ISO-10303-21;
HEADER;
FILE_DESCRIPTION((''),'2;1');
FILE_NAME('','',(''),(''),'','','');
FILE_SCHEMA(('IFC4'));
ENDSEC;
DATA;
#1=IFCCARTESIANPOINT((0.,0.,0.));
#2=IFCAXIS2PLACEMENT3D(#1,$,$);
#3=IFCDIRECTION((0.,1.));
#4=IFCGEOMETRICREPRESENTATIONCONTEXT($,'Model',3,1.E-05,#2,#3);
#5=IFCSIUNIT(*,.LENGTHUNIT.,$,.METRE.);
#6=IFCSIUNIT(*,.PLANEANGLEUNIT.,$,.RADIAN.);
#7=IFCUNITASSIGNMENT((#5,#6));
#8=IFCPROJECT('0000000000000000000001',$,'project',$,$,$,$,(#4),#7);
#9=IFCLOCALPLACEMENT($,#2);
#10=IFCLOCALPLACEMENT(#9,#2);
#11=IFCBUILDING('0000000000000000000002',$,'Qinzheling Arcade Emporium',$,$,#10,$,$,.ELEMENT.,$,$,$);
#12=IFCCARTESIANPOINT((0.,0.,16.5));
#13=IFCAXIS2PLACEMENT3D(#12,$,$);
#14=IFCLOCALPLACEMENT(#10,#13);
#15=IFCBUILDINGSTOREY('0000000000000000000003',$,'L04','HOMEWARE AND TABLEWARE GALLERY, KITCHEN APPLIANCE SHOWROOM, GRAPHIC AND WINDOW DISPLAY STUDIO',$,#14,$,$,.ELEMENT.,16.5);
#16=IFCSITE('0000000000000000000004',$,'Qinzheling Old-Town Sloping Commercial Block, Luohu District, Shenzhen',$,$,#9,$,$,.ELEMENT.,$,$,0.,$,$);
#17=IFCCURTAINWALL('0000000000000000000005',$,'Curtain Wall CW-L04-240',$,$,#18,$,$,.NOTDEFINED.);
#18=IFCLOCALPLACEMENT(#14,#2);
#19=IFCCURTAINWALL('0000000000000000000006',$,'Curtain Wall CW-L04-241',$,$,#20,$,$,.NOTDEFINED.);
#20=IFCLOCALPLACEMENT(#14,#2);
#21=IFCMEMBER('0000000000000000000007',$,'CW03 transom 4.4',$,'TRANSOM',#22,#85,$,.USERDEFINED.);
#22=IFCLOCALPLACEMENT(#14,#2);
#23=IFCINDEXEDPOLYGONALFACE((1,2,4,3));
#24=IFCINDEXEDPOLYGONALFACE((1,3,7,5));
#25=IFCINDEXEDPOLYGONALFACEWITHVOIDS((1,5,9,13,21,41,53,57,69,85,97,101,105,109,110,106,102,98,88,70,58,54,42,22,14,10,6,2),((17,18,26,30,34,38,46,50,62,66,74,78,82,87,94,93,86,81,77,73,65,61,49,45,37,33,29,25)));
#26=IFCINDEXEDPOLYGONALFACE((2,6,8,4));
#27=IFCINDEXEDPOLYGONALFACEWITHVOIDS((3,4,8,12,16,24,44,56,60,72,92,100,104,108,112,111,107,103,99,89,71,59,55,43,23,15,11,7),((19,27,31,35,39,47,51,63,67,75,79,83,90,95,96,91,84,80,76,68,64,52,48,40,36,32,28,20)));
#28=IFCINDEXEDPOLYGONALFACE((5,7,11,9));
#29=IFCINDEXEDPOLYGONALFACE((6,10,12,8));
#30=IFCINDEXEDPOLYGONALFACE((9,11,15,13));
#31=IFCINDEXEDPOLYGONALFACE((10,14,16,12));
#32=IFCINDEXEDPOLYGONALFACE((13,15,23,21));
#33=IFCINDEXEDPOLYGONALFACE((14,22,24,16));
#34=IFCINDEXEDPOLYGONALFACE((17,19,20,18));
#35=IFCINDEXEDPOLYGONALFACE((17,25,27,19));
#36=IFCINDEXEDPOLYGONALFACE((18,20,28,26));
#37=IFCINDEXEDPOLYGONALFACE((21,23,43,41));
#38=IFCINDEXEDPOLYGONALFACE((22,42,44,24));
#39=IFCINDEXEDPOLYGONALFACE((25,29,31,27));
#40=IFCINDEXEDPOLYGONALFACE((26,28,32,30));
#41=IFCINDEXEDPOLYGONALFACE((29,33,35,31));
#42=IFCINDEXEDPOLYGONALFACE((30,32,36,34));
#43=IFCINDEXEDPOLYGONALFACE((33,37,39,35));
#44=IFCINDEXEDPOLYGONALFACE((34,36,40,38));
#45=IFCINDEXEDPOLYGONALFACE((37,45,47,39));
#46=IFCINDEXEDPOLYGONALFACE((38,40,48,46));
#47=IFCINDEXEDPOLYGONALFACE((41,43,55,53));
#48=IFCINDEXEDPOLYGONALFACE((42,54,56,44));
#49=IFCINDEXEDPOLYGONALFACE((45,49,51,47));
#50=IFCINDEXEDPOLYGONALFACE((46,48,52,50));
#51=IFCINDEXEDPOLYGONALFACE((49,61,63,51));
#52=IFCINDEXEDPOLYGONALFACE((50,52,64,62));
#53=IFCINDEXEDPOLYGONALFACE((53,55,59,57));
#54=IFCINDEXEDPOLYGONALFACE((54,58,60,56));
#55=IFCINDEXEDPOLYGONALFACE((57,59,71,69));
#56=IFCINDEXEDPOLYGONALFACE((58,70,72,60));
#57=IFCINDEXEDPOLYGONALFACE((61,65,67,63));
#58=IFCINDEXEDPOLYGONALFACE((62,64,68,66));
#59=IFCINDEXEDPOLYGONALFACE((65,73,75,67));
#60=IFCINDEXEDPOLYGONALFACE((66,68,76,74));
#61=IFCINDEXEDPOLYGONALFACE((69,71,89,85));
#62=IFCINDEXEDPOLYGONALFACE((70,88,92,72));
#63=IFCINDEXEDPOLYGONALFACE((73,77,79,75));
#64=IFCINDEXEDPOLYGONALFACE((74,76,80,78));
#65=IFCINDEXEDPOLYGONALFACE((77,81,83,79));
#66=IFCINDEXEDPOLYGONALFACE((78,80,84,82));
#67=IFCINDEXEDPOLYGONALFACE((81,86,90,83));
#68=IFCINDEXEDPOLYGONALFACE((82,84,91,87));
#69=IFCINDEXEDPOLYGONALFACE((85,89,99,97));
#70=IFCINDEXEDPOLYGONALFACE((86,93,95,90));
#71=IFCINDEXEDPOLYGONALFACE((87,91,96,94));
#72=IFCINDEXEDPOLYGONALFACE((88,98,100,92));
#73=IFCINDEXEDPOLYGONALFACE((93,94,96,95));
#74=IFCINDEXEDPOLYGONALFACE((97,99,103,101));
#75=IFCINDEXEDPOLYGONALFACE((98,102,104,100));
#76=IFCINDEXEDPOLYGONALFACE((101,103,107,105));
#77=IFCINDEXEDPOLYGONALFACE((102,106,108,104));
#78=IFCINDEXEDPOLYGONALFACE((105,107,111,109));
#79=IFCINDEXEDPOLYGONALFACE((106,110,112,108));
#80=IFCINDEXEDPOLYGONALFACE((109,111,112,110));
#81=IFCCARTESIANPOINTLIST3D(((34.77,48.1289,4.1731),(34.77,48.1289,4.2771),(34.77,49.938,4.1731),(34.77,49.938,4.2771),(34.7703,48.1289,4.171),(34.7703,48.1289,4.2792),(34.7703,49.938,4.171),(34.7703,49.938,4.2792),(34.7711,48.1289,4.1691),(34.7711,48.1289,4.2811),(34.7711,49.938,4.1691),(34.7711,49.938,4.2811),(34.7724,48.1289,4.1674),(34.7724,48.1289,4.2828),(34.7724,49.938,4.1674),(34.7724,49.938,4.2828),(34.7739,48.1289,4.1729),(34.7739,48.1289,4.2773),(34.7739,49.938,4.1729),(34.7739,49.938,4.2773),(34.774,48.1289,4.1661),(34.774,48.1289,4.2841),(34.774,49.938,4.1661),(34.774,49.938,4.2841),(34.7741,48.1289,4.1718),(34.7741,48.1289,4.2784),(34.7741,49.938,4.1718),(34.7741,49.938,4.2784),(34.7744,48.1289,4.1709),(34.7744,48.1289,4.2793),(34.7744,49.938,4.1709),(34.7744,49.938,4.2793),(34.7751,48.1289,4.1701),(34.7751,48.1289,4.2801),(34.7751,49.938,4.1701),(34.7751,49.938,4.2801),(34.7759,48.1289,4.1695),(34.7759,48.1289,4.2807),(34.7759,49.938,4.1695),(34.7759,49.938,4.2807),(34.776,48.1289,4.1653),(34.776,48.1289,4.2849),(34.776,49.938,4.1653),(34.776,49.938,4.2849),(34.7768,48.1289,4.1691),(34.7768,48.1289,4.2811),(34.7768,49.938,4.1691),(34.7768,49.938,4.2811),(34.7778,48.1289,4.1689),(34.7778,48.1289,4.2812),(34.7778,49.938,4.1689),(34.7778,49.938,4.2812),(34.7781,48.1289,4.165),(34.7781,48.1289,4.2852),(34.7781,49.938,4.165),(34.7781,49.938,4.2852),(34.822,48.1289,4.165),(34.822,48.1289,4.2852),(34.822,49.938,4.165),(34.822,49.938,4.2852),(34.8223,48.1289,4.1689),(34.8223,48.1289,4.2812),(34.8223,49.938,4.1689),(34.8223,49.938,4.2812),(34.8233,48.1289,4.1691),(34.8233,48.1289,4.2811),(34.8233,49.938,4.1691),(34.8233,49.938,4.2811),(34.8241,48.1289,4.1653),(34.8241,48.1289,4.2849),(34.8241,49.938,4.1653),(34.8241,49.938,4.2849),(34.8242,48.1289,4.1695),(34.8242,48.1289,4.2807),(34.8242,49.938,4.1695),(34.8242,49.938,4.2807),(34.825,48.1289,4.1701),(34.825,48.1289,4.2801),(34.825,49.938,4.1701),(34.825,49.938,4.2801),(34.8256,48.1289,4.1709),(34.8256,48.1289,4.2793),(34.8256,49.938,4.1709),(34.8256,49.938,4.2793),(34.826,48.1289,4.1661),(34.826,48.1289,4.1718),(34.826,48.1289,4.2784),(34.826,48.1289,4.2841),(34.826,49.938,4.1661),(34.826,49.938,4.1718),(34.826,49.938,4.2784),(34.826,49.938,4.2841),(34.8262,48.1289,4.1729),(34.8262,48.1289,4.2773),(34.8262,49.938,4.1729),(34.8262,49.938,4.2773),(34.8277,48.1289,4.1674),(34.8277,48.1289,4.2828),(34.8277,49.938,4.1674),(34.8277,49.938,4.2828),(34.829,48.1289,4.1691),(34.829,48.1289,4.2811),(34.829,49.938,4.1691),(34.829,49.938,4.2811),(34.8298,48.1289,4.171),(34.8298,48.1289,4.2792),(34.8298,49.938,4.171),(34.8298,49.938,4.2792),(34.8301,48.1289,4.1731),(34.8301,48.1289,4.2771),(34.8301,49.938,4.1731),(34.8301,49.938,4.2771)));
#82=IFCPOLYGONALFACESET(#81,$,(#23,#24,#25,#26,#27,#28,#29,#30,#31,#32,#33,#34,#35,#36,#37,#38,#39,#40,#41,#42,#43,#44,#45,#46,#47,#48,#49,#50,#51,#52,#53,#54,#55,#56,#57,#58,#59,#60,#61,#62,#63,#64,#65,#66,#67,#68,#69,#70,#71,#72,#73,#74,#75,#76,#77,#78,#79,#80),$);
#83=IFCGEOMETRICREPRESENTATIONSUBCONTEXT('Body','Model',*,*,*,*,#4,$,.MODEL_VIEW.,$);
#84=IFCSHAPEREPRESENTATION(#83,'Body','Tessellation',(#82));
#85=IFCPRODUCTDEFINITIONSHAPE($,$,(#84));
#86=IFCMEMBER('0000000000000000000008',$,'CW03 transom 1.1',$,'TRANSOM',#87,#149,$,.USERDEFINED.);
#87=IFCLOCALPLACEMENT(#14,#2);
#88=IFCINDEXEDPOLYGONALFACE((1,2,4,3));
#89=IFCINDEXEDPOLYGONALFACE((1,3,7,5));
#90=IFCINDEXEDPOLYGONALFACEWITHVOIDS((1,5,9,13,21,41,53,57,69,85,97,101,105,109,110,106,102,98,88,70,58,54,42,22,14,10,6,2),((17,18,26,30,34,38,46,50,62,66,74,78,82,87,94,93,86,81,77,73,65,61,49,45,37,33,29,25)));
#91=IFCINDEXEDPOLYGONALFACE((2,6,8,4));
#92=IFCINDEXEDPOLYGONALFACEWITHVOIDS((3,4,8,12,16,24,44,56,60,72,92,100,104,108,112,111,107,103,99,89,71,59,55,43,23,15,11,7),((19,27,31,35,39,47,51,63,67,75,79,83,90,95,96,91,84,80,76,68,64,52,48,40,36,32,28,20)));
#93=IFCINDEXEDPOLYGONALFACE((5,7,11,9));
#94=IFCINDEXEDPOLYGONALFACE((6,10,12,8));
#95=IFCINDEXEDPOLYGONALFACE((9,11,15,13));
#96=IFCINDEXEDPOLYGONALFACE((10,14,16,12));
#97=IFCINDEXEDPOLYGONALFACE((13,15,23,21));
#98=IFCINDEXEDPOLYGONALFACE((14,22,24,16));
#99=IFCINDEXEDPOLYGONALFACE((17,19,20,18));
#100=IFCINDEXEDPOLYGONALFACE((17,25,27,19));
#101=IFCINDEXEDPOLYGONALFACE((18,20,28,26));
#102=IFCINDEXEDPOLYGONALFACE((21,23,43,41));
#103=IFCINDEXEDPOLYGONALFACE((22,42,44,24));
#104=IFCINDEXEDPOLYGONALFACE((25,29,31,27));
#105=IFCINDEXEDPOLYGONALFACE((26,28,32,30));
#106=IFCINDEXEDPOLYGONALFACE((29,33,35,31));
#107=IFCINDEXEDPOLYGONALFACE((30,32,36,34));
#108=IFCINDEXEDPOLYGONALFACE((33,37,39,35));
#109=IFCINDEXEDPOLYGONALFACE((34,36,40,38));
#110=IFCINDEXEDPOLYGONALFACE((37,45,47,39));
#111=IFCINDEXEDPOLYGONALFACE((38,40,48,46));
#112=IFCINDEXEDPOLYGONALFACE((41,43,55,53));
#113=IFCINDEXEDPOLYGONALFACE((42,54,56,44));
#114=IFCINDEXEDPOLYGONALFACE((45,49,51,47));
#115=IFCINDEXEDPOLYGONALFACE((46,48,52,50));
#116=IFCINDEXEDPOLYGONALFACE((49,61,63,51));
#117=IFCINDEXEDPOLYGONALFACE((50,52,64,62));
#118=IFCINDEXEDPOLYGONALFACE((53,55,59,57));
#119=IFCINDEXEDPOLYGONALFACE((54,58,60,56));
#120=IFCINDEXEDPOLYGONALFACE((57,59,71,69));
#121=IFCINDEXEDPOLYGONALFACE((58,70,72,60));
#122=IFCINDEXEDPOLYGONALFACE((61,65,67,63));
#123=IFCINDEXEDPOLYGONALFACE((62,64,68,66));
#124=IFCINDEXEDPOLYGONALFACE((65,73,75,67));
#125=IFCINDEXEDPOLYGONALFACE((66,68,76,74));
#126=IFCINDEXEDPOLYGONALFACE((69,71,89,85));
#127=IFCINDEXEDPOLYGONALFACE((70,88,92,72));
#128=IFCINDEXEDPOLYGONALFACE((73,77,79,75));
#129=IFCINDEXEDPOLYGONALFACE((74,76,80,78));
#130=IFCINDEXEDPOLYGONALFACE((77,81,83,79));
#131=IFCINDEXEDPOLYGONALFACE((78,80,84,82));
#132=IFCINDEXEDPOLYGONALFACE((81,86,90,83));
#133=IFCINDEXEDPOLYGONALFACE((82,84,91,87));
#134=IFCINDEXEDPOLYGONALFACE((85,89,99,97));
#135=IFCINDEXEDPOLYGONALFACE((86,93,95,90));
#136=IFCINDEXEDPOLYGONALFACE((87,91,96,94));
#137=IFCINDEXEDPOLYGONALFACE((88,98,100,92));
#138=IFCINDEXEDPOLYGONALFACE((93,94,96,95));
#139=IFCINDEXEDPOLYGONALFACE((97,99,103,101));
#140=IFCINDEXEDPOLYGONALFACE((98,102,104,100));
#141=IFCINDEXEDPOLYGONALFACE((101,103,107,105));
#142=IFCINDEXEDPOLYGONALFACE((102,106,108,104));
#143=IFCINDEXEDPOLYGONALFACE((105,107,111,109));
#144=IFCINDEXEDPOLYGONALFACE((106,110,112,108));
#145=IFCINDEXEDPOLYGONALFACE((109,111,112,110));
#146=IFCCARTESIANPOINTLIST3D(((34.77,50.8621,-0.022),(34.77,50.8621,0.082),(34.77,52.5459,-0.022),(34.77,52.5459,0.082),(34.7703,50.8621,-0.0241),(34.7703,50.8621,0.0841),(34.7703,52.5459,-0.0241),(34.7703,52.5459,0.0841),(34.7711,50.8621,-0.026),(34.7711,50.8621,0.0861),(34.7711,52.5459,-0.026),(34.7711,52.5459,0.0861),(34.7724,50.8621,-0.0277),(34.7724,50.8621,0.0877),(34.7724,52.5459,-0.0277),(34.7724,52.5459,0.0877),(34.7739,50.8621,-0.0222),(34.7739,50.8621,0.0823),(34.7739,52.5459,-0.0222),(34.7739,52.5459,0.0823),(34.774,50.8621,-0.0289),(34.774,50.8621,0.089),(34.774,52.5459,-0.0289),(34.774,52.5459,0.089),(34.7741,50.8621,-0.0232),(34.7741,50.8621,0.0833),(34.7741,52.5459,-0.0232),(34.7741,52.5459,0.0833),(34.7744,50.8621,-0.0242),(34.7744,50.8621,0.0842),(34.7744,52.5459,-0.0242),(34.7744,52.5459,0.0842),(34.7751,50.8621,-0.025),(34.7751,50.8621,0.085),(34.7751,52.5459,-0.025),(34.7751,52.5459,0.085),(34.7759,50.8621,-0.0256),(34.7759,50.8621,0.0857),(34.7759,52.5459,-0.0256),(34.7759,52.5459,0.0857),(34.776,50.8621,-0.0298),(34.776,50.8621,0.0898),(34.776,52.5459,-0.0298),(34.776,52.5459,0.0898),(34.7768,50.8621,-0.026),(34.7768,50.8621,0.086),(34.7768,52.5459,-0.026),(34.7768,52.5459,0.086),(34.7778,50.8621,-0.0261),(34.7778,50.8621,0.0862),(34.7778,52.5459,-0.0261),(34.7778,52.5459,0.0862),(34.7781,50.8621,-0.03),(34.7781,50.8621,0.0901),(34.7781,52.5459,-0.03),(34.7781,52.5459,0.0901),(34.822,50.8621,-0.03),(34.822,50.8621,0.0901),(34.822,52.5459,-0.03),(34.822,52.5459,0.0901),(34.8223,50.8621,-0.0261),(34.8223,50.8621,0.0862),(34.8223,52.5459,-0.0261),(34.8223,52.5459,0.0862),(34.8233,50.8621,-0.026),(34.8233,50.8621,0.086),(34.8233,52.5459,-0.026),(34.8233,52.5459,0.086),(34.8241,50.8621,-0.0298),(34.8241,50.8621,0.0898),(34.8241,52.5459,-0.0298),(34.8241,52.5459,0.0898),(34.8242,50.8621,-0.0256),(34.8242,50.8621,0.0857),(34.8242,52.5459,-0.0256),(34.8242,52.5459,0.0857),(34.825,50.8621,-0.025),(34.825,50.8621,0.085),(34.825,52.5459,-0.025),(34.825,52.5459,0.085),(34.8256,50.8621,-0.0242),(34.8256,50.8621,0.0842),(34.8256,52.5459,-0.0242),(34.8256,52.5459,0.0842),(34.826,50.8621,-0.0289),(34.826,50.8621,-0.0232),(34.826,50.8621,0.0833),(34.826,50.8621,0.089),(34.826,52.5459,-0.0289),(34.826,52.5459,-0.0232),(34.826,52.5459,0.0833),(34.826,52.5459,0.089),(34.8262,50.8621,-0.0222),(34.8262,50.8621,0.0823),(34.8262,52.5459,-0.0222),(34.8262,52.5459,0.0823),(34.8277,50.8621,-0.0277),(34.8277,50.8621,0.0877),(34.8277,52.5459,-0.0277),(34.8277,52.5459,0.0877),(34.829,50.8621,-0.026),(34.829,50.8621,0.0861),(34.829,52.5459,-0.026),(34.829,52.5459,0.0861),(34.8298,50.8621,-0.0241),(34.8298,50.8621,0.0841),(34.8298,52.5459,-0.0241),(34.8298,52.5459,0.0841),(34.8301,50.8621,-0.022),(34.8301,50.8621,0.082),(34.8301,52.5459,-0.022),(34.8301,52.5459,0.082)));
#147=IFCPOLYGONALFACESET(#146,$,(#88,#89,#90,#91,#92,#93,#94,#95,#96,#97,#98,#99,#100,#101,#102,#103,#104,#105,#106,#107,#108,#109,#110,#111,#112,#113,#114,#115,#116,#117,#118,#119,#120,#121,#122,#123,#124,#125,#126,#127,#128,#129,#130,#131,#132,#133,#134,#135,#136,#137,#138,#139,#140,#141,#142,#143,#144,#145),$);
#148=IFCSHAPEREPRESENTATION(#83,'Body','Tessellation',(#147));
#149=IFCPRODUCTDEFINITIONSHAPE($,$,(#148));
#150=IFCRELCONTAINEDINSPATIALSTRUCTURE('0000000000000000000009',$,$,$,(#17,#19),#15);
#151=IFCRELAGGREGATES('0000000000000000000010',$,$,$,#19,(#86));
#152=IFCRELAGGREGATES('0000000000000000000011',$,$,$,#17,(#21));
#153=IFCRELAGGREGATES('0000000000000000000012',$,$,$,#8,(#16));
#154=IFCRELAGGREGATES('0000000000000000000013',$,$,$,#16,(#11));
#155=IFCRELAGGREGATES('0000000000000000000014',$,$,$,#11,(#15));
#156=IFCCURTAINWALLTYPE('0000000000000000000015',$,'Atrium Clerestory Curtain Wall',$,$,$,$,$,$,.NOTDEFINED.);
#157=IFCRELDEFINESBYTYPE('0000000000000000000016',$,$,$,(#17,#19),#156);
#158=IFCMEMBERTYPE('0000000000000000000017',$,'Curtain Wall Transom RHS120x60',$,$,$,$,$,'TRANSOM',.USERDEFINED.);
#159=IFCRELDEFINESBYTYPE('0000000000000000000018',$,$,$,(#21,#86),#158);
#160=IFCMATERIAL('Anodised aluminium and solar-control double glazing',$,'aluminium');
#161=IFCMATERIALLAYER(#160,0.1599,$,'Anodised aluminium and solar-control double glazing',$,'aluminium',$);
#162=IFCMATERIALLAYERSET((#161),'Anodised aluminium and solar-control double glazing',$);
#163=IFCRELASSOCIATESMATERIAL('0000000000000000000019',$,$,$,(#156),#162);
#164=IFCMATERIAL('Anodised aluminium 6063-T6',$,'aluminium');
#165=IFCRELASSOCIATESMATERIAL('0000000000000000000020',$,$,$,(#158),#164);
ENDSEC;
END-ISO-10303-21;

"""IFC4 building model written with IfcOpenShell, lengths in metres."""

from ifc_helpers import new_model, si_unit, direction, frame, origin, origin_2d, place, context, subcontext, project, spatial, hollow_rectangle, extrude, material, layer, layer_set, material_profile, profile_set, type_object, element, aggregate, save


model = new_model("IFC4")

# Units and contexts
model_context = context("Model", 3, precision=1e-05, world=origin(), true_north=direction((0.0, 1.0)))
body_context = subcontext(model_context, "Body", "Model", "MODEL_VIEW")
ifc_project = project(units=[si_unit("LENGTHUNIT", "METRE"), si_unit("PLANEANGLEUNIT", "RADIAN")], contexts=[model_context])

# Site, building, storey
site_placement = place(None, origin())
site = spatial("IfcSite", under=ifc_project, at=site_placement, Name="Qinzheling Old-Town Sloping Commercial Block, Luohu District, Shenzhen", CompositionType="ELEMENT", RefElevation=0.0)
building_placement = place(site_placement, origin())
building = spatial("IfcBuilding", under=site, at=building_placement, Name="Qinzheling Arcade Emporium", CompositionType="ELEMENT")
storey_placement = place(building_placement, frame((0.0, 0.0, 16.5)))
storey = spatial("IfcBuildingStorey", under=building, at=storey_placement, Name="L04", Description="HOMEWARE AND TABLEWARE GALLERY, KITCHEN APPLIANCE SHOWROOM, GRAPHIC AND WINDOW DISPLAY STUDIO", CompositionType="ELEMENT", Elevation=16.5)

# Curtain wall
ifc_material_1 = material(Name="Anodised aluminium and solar-control double glazing", Category="aluminium")
ifc_layer_1 = layer(ifc_material_1, 0.1599, Name="Anodised aluminium and solar-control double glazing", Category="aluminium")
ifc_layer_set_1 = layer_set([ifc_layer_1], Name="Anodised aluminium and solar-control double glazing")
curtain_wall_type = type_object("IfcCurtainWallType", Name="Atrium Clerestory Curtain Wall", PredefinedType="NOTDEFINED", material=ifc_layer_set_1)
curtain_wall_1_placement = place(storey_placement, origin())
curtain_wall_1 = element("IfcCurtainWall", 1, at=curtain_wall_1_placement, inside=storey, type_object=curtain_wall_type, Name="Curtain Wall CW-L04-240", PredefinedType="NOTDEFINED")
ifc_material_2 = material(Name="Anodised aluminium 6063-T6", Category="aluminium")

# Curtain wall
curtain_wall_2_placement = place(storey_placement, origin())
curtain_wall_2 = element("IfcCurtainWall", 2, at=curtain_wall_2_placement, inside=storey, type_object=curtain_wall_type, Name="Curtain Wall CW-L04-241", PredefinedType="NOTDEFINED")

# Members
ifc_material_profile_1 = material_profile(ifc_material_2, hollow_rectangle(XDim=0.0601, YDim=0.1201, WallThickness=0.0039, InnerFilletRadius=0.0039, OuterFilletRadius=0.0081, at=origin_2d()), Name="RHS 120x60x4", Category="aluminium")
ifc_profile_set_1 = profile_set([ifc_material_profile_1], Name="Anodised aluminium 6063-T6")
member_type_1 = type_object("IfcMemberType", Name="Curtain Wall Transom RHS120x60", ElementType="TRANSOM", PredefinedType="USERDEFINED", material=ifc_profile_set_1)
member_1_placement = place(storey_placement, frame((34.8, 48.1289, 4.2251), z_axis=(0.0, 1.0, 0.0), x_axis=(-1.0, 0.0, 0.0)))
member_1 = element("IfcMember", 3, at=member_1_placement, type_object=member_type_1, Name="CW03 transom 4.4", ObjectType="TRANSOM", PredefinedType="USERDEFINED", context=body_context, shape_type="SweptSolid", body=[
    extrude(hollow_rectangle(XDim=0.0601, YDim=0.1201, WallThickness=0.0039, InnerFilletRadius=0.0039, OuterFilletRadius=0.0081, at=origin_2d()), origin(), (0.0, 0.0, 1.0), 1.8091),
])
member_2_placement = place(storey_placement, frame((34.8, 50.8621, 0.03), z_axis=(0.0, 1.0, 0.0), x_axis=(-1.0, 0.0, 0.0)))
member_2 = element("IfcMember", 4, at=member_2_placement, type_object=member_type_1, Name="CW03 transom 1.1", ObjectType="TRANSOM", PredefinedType="USERDEFINED", context=body_context, shape_type="SweptSolid", body=[
    extrude(hollow_rectangle(XDim=0.0601, YDim=0.1201, WallThickness=0.0039, InnerFilletRadius=0.0039, OuterFilletRadius=0.0081, at=origin_2d()), origin(), (0.0, 0.0, 1.0), 1.6838),
])
aggregate(curtain_wall_2, [member_2])

aggregate(curtain_wall_1, [member_1])

save(model, "model.ifc")
